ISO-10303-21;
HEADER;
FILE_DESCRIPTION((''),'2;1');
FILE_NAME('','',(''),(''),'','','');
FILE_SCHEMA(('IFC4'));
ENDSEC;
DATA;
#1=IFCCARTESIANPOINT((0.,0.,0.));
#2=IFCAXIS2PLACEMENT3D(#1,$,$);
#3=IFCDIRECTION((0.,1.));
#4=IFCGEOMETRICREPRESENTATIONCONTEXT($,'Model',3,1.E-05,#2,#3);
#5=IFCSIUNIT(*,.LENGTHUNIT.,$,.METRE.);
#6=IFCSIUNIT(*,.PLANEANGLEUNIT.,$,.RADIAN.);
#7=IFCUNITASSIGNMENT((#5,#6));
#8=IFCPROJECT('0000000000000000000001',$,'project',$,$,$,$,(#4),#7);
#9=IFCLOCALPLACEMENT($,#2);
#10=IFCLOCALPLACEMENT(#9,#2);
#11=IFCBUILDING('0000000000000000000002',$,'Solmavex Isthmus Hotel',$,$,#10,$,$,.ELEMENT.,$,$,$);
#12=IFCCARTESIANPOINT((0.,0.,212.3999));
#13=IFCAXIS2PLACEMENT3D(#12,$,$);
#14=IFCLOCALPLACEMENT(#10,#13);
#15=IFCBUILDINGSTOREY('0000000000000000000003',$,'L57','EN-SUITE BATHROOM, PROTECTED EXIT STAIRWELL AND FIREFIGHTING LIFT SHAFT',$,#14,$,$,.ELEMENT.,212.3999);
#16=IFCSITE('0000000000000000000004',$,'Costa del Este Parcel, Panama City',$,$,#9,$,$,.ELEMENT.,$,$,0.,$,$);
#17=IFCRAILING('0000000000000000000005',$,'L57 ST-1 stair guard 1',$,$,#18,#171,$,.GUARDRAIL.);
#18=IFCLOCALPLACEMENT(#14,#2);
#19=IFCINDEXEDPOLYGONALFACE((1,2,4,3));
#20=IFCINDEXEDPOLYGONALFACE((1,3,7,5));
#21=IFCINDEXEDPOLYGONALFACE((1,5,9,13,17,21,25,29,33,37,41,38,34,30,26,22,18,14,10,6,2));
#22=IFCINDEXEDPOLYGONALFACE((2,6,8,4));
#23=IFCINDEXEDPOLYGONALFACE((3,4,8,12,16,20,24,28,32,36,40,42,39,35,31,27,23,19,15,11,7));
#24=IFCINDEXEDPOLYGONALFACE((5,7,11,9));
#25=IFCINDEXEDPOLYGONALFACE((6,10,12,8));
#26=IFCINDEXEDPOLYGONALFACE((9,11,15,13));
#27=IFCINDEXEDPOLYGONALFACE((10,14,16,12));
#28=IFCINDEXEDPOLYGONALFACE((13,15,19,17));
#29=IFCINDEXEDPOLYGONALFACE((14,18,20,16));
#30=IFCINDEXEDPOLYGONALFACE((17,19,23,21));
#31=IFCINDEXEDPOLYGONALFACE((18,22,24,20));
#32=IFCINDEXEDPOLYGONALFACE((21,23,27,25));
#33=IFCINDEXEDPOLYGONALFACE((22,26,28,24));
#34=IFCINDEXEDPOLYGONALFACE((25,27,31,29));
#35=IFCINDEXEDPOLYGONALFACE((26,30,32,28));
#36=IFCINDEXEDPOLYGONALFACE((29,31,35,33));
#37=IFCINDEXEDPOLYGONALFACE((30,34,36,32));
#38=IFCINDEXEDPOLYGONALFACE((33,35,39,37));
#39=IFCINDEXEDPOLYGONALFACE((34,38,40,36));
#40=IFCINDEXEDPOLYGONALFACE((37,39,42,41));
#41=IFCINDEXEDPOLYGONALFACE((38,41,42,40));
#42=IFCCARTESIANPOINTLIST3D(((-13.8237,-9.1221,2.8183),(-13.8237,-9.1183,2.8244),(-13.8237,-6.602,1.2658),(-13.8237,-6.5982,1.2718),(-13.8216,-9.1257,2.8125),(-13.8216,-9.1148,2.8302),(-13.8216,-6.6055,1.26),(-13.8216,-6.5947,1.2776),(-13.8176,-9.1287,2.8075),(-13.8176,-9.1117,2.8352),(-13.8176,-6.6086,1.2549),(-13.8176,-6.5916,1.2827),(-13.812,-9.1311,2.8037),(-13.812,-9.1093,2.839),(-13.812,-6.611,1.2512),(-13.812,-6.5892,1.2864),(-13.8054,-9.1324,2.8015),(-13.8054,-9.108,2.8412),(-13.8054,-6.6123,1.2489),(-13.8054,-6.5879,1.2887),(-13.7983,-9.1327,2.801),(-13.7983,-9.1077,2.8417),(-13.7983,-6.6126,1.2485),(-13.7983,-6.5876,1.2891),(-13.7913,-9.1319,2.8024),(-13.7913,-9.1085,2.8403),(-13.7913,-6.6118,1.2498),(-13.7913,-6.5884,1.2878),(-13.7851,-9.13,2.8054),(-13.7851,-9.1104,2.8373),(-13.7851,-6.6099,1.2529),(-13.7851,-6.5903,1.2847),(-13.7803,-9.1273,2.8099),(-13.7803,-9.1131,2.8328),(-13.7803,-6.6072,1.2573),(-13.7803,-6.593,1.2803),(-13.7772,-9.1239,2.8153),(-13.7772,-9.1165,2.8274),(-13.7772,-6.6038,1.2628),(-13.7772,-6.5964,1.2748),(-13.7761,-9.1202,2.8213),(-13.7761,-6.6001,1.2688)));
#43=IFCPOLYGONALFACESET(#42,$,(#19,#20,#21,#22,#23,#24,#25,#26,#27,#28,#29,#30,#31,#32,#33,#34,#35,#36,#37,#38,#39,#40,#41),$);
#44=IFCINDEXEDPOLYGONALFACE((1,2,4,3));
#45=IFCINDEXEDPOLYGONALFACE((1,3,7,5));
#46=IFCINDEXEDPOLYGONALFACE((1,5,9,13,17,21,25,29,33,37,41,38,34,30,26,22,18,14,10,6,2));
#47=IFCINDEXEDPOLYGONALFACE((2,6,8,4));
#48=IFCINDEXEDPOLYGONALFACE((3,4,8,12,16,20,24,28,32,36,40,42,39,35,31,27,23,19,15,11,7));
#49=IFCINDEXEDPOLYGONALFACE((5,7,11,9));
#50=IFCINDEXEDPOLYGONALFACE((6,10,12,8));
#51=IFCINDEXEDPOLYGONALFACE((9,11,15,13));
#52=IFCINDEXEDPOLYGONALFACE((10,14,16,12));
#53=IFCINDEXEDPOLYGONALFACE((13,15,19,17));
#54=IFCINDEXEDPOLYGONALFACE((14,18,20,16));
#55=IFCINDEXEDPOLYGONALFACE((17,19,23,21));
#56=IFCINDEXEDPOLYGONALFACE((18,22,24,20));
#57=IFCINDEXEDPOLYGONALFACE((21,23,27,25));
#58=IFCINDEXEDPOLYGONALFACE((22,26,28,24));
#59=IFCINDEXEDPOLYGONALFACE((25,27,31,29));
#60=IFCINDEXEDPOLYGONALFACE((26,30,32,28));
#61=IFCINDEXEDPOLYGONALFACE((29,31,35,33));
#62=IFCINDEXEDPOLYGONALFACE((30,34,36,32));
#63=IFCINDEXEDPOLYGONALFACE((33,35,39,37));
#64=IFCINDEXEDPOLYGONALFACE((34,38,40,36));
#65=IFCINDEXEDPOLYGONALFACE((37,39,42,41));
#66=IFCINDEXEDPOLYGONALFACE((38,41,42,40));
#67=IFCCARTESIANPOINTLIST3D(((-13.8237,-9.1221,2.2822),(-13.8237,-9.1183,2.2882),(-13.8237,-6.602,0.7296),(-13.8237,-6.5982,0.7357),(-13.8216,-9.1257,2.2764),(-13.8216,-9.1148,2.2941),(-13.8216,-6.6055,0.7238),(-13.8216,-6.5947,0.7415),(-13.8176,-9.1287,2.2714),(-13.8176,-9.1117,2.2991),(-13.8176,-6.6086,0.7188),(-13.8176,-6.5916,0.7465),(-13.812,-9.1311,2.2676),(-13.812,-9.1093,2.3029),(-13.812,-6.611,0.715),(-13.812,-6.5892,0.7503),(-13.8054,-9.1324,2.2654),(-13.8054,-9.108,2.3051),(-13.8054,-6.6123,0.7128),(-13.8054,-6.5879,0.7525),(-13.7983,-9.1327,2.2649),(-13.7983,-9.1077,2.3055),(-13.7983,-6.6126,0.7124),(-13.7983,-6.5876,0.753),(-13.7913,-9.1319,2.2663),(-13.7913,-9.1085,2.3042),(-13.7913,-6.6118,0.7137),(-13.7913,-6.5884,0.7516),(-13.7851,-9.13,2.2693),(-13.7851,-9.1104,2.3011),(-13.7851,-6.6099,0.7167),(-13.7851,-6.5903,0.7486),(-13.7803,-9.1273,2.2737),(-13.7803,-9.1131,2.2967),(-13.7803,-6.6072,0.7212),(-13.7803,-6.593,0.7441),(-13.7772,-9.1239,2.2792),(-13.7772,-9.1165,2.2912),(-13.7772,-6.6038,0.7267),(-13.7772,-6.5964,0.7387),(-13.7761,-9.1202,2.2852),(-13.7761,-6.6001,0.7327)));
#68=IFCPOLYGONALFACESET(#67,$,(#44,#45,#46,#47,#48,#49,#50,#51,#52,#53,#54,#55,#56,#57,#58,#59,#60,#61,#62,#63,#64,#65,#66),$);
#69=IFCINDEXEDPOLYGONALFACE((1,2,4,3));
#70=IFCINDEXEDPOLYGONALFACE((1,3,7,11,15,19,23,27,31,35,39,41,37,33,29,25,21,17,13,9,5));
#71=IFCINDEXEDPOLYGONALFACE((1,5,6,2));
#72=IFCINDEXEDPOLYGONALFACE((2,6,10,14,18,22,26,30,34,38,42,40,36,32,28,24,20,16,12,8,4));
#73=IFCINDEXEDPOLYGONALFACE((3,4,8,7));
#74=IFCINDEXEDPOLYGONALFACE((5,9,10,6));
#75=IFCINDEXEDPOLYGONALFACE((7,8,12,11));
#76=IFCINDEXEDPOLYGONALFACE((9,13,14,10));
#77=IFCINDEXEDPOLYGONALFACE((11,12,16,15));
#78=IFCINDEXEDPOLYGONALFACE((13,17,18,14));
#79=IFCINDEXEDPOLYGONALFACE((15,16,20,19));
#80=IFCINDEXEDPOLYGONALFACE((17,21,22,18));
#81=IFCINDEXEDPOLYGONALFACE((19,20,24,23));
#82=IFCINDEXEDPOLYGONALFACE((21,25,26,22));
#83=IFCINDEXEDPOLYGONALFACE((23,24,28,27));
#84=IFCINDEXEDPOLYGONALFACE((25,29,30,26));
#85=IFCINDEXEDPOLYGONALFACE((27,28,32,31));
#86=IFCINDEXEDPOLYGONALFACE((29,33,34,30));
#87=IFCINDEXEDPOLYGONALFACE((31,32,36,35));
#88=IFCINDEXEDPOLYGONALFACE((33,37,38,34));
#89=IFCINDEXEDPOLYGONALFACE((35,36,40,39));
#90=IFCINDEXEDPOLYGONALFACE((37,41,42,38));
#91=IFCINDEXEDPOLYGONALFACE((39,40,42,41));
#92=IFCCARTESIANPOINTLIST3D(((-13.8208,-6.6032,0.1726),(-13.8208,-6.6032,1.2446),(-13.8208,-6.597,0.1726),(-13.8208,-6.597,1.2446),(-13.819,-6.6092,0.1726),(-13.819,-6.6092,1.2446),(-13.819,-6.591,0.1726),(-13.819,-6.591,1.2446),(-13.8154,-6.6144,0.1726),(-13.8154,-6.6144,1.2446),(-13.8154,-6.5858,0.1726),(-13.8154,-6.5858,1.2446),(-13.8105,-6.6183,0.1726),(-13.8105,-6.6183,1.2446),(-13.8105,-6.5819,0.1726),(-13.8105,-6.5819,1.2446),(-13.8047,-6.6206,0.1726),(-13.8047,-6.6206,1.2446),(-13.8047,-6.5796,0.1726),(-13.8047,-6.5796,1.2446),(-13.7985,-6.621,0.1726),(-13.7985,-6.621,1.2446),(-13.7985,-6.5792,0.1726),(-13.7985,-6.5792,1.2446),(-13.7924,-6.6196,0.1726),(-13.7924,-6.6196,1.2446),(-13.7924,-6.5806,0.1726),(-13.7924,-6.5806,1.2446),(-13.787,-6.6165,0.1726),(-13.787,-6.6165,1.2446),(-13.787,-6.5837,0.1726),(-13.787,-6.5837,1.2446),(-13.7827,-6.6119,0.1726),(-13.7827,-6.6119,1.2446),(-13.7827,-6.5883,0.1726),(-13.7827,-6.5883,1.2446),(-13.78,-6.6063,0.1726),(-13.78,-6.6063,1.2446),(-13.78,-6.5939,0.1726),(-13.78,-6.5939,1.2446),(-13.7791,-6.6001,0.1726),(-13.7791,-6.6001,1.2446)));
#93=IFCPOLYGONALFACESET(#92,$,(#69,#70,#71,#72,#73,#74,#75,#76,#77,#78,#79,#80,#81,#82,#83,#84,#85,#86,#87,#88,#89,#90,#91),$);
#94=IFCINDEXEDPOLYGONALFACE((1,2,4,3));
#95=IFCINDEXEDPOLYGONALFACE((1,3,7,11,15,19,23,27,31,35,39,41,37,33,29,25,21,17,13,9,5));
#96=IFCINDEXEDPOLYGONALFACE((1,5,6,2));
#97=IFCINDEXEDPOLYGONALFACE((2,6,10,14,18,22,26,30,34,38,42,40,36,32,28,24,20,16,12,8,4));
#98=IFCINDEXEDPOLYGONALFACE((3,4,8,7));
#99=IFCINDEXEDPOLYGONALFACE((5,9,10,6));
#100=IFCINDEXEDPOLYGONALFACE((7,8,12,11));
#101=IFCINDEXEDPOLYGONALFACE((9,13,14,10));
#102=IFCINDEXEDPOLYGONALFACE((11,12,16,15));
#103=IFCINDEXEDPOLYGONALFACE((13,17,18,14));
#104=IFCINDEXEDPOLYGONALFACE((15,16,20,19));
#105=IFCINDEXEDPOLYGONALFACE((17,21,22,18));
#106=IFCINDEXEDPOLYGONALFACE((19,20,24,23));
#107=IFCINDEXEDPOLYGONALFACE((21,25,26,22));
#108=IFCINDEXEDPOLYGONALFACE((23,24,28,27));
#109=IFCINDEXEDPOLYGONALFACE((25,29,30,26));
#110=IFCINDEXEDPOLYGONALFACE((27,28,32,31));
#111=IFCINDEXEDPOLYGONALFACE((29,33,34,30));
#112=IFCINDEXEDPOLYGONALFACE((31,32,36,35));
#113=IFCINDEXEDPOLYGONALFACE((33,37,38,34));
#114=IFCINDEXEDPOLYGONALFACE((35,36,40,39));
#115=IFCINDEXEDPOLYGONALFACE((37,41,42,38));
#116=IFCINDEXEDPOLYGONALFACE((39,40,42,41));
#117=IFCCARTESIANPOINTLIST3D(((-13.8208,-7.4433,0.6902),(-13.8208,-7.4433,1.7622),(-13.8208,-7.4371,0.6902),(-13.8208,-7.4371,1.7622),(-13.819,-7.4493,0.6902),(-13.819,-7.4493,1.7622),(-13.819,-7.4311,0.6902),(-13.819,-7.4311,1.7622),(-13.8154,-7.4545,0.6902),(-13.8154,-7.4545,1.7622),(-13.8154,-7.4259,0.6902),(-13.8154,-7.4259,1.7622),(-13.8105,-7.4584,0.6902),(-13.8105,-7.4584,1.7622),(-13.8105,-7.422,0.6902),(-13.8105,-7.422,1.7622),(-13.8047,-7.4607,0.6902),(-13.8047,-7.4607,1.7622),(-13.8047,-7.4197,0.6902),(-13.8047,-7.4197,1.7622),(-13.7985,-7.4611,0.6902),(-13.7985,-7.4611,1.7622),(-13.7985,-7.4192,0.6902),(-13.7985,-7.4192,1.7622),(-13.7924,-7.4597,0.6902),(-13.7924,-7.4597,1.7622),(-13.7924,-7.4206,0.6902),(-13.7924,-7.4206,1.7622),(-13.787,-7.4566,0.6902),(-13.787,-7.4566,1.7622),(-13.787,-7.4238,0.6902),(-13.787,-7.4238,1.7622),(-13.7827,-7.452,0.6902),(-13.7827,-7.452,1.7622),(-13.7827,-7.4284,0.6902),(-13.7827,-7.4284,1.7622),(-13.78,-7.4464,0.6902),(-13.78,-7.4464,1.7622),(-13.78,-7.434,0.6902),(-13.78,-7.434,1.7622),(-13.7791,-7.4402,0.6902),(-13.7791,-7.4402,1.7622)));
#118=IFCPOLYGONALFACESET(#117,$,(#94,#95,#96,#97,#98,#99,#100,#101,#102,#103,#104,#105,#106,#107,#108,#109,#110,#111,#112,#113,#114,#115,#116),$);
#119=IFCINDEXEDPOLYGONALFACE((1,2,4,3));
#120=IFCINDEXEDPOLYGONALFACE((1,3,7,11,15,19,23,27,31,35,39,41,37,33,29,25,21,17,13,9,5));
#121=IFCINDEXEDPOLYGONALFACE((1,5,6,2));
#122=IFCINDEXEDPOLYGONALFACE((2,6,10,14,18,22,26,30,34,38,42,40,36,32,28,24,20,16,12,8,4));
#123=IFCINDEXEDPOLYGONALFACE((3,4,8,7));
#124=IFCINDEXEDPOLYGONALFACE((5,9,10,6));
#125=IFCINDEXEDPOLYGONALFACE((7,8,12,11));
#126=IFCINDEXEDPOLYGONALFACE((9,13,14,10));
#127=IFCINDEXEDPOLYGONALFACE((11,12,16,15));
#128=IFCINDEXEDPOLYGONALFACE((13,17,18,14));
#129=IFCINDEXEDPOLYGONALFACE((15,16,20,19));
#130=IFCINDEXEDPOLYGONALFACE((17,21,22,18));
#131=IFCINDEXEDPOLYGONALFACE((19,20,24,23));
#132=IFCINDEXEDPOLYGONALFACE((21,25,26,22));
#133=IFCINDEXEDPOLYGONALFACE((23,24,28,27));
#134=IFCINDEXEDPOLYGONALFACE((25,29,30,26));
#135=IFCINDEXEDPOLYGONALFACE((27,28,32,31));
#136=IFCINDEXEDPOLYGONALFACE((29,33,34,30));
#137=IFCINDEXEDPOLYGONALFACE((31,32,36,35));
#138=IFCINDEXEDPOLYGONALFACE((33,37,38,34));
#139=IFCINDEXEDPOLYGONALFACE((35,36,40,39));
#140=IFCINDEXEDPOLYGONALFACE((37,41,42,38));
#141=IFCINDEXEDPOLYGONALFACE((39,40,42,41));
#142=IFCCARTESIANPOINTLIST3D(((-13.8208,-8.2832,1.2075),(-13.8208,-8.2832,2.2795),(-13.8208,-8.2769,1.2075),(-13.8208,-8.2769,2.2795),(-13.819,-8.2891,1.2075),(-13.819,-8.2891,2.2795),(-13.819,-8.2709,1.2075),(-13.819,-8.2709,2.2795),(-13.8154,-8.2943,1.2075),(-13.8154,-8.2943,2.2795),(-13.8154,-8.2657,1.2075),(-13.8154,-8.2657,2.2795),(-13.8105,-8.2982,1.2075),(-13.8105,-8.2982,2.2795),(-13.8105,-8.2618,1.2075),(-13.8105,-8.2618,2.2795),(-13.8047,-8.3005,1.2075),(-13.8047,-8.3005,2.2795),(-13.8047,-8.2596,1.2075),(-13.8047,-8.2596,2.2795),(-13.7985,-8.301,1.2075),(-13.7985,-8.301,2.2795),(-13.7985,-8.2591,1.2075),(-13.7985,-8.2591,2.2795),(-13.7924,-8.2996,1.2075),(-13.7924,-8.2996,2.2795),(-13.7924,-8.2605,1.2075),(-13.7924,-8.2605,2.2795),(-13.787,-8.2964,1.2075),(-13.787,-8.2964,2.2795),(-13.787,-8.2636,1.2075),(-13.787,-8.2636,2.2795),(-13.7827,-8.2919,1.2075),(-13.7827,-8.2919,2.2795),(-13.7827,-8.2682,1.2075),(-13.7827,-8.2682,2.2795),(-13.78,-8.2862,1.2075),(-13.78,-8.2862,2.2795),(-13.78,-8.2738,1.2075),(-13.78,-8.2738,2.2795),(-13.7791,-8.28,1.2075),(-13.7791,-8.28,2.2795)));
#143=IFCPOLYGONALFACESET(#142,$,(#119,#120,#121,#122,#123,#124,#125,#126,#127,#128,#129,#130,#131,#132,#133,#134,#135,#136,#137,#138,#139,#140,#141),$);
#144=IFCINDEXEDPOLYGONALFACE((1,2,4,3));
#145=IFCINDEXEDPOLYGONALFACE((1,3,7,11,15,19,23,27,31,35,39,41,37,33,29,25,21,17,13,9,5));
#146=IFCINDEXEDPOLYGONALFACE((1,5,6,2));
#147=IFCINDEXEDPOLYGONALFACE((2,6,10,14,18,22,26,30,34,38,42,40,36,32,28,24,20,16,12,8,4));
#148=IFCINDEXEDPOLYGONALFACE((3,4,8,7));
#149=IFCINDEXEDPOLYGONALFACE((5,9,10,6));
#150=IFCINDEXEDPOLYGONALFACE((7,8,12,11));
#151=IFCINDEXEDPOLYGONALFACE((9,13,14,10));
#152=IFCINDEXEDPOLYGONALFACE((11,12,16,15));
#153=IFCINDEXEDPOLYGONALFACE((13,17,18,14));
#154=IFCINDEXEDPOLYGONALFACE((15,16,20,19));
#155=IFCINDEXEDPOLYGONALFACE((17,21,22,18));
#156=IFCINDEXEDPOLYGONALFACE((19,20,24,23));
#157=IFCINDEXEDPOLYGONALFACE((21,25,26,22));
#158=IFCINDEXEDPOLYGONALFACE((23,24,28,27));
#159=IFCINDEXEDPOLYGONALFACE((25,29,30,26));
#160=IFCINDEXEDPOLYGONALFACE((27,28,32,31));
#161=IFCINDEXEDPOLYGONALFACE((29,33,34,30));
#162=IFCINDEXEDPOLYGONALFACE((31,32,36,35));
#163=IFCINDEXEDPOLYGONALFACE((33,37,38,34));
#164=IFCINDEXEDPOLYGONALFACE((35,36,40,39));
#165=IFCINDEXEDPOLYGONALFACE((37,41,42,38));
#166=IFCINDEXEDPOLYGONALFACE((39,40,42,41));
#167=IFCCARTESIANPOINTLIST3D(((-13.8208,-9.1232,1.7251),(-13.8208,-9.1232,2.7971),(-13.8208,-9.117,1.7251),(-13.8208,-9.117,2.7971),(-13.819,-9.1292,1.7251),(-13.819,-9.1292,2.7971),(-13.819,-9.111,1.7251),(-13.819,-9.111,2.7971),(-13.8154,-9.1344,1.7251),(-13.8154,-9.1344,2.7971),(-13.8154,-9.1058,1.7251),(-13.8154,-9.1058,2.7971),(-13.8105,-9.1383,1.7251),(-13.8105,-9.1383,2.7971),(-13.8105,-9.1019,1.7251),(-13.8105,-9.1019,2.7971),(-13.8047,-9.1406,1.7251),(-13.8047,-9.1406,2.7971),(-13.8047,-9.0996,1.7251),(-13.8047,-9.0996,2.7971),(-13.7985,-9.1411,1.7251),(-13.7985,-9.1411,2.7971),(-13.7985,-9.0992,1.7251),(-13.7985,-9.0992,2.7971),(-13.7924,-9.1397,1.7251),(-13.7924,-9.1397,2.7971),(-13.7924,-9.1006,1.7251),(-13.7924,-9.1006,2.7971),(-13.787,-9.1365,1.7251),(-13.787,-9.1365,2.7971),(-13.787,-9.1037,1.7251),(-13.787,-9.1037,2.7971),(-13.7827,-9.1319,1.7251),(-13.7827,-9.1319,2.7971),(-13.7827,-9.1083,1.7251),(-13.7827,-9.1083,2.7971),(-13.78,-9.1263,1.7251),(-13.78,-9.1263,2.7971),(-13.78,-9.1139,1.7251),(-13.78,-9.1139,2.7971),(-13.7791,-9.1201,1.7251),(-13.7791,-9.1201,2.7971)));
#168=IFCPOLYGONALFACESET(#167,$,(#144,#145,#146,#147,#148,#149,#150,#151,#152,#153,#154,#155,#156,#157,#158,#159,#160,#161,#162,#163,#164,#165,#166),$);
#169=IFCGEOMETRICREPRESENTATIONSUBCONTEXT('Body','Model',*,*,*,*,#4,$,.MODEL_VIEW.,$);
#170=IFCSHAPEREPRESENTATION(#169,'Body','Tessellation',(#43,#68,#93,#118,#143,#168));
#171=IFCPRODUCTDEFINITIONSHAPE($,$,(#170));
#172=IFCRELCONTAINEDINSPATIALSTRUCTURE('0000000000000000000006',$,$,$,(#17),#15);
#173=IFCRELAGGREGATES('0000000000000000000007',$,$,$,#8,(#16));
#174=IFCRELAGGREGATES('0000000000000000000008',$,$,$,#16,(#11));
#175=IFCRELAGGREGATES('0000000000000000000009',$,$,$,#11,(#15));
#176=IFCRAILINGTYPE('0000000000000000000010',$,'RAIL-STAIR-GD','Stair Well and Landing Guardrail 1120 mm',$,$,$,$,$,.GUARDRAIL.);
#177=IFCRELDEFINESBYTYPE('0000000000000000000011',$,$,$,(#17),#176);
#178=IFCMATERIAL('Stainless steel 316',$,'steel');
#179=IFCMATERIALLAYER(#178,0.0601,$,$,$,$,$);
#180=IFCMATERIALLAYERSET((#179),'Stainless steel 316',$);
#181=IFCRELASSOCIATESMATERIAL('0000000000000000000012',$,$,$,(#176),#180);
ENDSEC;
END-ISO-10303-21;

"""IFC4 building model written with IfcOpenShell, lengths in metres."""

from ifc_helpers import new_model, si_unit, direction, frame, origin, origin_2d, place, context, subcontext, project, spatial, circle, extrude, material, layer, layer_set, type_object, element, save


model = new_model("IFC4")

# Units and contexts
model_context = context("Model", 3, precision=1e-05, world=origin(), true_north=direction((0.0, 1.0)))
body_context = subcontext(model_context, "Body", "Model", "MODEL_VIEW")
ifc_project = project(units=[si_unit("LENGTHUNIT", "METRE"), si_unit("PLANEANGLEUNIT", "RADIAN")], contexts=[model_context])

# Site, building, storey
site_placement = place(None, origin())
site = spatial("IfcSite", under=ifc_project, at=site_placement, Name="Costa del Este Parcel, Panama City", CompositionType="ELEMENT", RefElevation=0.0)
building_placement = place(site_placement, origin())
building = spatial("IfcBuilding", under=site, at=building_placement, Name="Solmavex Isthmus Hotel", CompositionType="ELEMENT")
storey_placement = place(building_placement, frame((0.0, 0.0, 212.3999)))
storey = spatial("IfcBuildingStorey", under=building, at=storey_placement, Name="L57", Description="EN-SUITE BATHROOM, PROTECTED EXIT STAIRWELL AND FIREFIGHTING LIFT SHAFT", CompositionType="ELEMENT", Elevation=212.3999)

# Railing
ifc_material_1 = material(Name="Stainless steel 316", Category="steel")
ifc_layer_1 = layer(ifc_material_1, 0.0601)
ifc_layer_set_1 = layer_set([ifc_layer_1], Name="Stainless steel 316")
railing_type_1 = type_object("IfcRailingType", Name="RAIL-STAIR-GD", Description="Stair Well and Landing Guardrail 1120 mm", PredefinedType="GUARDRAIL", material=ifc_layer_set_1)
railing_1_placement = place(storey_placement, frame((-13.8, -6.6001, 0.1726)))
element("IfcRailing", 1, at=railing_1_placement, inside=storey, type_object=railing_type_1, Name="L57 ST-1 stair guard 1", PredefinedType="GUARDRAIL", context=body_context, shape_type="SweptSolid", body=[
    extrude(circle(Radius=0.0239, at=origin_2d()), frame((0.0, 0.0, 1.0962), z_axis=(0.0, -0.8514, 0.524516), x_axis=(1.0, 0.0, 0.0)), (0.0, 0.0, 1.0), 2.96),
    extrude(circle(Radius=0.0239, at=origin_2d()), frame((0.0, 0.0, 0.5601), z_axis=(0.0, -0.8514, 0.524516), x_axis=(1.0, 0.0, 0.0)), (0.0, 0.0, 1.0), 2.96),
    extrude(circle(Radius=0.021, at=origin_2d()), origin(), (0.0, 0.0, 1.0), 1.072),
    extrude(circle(Radius=0.021, at=origin_2d()), frame((0.0, -0.8401, 0.5176)), (0.0, 0.0, 1.0), 1.072),
    extrude(circle(Radius=0.021, at=origin_2d()), frame((0.0, -1.6799, 1.0349)), (0.0, 0.0, 1.0), 1.072),
    extrude(circle(Radius=0.021, at=origin_2d()), frame((0.0, -2.52, 1.5525)), (0.0, 0.0, 1.0), 1.072),
])

save(model, "model.ifc")
